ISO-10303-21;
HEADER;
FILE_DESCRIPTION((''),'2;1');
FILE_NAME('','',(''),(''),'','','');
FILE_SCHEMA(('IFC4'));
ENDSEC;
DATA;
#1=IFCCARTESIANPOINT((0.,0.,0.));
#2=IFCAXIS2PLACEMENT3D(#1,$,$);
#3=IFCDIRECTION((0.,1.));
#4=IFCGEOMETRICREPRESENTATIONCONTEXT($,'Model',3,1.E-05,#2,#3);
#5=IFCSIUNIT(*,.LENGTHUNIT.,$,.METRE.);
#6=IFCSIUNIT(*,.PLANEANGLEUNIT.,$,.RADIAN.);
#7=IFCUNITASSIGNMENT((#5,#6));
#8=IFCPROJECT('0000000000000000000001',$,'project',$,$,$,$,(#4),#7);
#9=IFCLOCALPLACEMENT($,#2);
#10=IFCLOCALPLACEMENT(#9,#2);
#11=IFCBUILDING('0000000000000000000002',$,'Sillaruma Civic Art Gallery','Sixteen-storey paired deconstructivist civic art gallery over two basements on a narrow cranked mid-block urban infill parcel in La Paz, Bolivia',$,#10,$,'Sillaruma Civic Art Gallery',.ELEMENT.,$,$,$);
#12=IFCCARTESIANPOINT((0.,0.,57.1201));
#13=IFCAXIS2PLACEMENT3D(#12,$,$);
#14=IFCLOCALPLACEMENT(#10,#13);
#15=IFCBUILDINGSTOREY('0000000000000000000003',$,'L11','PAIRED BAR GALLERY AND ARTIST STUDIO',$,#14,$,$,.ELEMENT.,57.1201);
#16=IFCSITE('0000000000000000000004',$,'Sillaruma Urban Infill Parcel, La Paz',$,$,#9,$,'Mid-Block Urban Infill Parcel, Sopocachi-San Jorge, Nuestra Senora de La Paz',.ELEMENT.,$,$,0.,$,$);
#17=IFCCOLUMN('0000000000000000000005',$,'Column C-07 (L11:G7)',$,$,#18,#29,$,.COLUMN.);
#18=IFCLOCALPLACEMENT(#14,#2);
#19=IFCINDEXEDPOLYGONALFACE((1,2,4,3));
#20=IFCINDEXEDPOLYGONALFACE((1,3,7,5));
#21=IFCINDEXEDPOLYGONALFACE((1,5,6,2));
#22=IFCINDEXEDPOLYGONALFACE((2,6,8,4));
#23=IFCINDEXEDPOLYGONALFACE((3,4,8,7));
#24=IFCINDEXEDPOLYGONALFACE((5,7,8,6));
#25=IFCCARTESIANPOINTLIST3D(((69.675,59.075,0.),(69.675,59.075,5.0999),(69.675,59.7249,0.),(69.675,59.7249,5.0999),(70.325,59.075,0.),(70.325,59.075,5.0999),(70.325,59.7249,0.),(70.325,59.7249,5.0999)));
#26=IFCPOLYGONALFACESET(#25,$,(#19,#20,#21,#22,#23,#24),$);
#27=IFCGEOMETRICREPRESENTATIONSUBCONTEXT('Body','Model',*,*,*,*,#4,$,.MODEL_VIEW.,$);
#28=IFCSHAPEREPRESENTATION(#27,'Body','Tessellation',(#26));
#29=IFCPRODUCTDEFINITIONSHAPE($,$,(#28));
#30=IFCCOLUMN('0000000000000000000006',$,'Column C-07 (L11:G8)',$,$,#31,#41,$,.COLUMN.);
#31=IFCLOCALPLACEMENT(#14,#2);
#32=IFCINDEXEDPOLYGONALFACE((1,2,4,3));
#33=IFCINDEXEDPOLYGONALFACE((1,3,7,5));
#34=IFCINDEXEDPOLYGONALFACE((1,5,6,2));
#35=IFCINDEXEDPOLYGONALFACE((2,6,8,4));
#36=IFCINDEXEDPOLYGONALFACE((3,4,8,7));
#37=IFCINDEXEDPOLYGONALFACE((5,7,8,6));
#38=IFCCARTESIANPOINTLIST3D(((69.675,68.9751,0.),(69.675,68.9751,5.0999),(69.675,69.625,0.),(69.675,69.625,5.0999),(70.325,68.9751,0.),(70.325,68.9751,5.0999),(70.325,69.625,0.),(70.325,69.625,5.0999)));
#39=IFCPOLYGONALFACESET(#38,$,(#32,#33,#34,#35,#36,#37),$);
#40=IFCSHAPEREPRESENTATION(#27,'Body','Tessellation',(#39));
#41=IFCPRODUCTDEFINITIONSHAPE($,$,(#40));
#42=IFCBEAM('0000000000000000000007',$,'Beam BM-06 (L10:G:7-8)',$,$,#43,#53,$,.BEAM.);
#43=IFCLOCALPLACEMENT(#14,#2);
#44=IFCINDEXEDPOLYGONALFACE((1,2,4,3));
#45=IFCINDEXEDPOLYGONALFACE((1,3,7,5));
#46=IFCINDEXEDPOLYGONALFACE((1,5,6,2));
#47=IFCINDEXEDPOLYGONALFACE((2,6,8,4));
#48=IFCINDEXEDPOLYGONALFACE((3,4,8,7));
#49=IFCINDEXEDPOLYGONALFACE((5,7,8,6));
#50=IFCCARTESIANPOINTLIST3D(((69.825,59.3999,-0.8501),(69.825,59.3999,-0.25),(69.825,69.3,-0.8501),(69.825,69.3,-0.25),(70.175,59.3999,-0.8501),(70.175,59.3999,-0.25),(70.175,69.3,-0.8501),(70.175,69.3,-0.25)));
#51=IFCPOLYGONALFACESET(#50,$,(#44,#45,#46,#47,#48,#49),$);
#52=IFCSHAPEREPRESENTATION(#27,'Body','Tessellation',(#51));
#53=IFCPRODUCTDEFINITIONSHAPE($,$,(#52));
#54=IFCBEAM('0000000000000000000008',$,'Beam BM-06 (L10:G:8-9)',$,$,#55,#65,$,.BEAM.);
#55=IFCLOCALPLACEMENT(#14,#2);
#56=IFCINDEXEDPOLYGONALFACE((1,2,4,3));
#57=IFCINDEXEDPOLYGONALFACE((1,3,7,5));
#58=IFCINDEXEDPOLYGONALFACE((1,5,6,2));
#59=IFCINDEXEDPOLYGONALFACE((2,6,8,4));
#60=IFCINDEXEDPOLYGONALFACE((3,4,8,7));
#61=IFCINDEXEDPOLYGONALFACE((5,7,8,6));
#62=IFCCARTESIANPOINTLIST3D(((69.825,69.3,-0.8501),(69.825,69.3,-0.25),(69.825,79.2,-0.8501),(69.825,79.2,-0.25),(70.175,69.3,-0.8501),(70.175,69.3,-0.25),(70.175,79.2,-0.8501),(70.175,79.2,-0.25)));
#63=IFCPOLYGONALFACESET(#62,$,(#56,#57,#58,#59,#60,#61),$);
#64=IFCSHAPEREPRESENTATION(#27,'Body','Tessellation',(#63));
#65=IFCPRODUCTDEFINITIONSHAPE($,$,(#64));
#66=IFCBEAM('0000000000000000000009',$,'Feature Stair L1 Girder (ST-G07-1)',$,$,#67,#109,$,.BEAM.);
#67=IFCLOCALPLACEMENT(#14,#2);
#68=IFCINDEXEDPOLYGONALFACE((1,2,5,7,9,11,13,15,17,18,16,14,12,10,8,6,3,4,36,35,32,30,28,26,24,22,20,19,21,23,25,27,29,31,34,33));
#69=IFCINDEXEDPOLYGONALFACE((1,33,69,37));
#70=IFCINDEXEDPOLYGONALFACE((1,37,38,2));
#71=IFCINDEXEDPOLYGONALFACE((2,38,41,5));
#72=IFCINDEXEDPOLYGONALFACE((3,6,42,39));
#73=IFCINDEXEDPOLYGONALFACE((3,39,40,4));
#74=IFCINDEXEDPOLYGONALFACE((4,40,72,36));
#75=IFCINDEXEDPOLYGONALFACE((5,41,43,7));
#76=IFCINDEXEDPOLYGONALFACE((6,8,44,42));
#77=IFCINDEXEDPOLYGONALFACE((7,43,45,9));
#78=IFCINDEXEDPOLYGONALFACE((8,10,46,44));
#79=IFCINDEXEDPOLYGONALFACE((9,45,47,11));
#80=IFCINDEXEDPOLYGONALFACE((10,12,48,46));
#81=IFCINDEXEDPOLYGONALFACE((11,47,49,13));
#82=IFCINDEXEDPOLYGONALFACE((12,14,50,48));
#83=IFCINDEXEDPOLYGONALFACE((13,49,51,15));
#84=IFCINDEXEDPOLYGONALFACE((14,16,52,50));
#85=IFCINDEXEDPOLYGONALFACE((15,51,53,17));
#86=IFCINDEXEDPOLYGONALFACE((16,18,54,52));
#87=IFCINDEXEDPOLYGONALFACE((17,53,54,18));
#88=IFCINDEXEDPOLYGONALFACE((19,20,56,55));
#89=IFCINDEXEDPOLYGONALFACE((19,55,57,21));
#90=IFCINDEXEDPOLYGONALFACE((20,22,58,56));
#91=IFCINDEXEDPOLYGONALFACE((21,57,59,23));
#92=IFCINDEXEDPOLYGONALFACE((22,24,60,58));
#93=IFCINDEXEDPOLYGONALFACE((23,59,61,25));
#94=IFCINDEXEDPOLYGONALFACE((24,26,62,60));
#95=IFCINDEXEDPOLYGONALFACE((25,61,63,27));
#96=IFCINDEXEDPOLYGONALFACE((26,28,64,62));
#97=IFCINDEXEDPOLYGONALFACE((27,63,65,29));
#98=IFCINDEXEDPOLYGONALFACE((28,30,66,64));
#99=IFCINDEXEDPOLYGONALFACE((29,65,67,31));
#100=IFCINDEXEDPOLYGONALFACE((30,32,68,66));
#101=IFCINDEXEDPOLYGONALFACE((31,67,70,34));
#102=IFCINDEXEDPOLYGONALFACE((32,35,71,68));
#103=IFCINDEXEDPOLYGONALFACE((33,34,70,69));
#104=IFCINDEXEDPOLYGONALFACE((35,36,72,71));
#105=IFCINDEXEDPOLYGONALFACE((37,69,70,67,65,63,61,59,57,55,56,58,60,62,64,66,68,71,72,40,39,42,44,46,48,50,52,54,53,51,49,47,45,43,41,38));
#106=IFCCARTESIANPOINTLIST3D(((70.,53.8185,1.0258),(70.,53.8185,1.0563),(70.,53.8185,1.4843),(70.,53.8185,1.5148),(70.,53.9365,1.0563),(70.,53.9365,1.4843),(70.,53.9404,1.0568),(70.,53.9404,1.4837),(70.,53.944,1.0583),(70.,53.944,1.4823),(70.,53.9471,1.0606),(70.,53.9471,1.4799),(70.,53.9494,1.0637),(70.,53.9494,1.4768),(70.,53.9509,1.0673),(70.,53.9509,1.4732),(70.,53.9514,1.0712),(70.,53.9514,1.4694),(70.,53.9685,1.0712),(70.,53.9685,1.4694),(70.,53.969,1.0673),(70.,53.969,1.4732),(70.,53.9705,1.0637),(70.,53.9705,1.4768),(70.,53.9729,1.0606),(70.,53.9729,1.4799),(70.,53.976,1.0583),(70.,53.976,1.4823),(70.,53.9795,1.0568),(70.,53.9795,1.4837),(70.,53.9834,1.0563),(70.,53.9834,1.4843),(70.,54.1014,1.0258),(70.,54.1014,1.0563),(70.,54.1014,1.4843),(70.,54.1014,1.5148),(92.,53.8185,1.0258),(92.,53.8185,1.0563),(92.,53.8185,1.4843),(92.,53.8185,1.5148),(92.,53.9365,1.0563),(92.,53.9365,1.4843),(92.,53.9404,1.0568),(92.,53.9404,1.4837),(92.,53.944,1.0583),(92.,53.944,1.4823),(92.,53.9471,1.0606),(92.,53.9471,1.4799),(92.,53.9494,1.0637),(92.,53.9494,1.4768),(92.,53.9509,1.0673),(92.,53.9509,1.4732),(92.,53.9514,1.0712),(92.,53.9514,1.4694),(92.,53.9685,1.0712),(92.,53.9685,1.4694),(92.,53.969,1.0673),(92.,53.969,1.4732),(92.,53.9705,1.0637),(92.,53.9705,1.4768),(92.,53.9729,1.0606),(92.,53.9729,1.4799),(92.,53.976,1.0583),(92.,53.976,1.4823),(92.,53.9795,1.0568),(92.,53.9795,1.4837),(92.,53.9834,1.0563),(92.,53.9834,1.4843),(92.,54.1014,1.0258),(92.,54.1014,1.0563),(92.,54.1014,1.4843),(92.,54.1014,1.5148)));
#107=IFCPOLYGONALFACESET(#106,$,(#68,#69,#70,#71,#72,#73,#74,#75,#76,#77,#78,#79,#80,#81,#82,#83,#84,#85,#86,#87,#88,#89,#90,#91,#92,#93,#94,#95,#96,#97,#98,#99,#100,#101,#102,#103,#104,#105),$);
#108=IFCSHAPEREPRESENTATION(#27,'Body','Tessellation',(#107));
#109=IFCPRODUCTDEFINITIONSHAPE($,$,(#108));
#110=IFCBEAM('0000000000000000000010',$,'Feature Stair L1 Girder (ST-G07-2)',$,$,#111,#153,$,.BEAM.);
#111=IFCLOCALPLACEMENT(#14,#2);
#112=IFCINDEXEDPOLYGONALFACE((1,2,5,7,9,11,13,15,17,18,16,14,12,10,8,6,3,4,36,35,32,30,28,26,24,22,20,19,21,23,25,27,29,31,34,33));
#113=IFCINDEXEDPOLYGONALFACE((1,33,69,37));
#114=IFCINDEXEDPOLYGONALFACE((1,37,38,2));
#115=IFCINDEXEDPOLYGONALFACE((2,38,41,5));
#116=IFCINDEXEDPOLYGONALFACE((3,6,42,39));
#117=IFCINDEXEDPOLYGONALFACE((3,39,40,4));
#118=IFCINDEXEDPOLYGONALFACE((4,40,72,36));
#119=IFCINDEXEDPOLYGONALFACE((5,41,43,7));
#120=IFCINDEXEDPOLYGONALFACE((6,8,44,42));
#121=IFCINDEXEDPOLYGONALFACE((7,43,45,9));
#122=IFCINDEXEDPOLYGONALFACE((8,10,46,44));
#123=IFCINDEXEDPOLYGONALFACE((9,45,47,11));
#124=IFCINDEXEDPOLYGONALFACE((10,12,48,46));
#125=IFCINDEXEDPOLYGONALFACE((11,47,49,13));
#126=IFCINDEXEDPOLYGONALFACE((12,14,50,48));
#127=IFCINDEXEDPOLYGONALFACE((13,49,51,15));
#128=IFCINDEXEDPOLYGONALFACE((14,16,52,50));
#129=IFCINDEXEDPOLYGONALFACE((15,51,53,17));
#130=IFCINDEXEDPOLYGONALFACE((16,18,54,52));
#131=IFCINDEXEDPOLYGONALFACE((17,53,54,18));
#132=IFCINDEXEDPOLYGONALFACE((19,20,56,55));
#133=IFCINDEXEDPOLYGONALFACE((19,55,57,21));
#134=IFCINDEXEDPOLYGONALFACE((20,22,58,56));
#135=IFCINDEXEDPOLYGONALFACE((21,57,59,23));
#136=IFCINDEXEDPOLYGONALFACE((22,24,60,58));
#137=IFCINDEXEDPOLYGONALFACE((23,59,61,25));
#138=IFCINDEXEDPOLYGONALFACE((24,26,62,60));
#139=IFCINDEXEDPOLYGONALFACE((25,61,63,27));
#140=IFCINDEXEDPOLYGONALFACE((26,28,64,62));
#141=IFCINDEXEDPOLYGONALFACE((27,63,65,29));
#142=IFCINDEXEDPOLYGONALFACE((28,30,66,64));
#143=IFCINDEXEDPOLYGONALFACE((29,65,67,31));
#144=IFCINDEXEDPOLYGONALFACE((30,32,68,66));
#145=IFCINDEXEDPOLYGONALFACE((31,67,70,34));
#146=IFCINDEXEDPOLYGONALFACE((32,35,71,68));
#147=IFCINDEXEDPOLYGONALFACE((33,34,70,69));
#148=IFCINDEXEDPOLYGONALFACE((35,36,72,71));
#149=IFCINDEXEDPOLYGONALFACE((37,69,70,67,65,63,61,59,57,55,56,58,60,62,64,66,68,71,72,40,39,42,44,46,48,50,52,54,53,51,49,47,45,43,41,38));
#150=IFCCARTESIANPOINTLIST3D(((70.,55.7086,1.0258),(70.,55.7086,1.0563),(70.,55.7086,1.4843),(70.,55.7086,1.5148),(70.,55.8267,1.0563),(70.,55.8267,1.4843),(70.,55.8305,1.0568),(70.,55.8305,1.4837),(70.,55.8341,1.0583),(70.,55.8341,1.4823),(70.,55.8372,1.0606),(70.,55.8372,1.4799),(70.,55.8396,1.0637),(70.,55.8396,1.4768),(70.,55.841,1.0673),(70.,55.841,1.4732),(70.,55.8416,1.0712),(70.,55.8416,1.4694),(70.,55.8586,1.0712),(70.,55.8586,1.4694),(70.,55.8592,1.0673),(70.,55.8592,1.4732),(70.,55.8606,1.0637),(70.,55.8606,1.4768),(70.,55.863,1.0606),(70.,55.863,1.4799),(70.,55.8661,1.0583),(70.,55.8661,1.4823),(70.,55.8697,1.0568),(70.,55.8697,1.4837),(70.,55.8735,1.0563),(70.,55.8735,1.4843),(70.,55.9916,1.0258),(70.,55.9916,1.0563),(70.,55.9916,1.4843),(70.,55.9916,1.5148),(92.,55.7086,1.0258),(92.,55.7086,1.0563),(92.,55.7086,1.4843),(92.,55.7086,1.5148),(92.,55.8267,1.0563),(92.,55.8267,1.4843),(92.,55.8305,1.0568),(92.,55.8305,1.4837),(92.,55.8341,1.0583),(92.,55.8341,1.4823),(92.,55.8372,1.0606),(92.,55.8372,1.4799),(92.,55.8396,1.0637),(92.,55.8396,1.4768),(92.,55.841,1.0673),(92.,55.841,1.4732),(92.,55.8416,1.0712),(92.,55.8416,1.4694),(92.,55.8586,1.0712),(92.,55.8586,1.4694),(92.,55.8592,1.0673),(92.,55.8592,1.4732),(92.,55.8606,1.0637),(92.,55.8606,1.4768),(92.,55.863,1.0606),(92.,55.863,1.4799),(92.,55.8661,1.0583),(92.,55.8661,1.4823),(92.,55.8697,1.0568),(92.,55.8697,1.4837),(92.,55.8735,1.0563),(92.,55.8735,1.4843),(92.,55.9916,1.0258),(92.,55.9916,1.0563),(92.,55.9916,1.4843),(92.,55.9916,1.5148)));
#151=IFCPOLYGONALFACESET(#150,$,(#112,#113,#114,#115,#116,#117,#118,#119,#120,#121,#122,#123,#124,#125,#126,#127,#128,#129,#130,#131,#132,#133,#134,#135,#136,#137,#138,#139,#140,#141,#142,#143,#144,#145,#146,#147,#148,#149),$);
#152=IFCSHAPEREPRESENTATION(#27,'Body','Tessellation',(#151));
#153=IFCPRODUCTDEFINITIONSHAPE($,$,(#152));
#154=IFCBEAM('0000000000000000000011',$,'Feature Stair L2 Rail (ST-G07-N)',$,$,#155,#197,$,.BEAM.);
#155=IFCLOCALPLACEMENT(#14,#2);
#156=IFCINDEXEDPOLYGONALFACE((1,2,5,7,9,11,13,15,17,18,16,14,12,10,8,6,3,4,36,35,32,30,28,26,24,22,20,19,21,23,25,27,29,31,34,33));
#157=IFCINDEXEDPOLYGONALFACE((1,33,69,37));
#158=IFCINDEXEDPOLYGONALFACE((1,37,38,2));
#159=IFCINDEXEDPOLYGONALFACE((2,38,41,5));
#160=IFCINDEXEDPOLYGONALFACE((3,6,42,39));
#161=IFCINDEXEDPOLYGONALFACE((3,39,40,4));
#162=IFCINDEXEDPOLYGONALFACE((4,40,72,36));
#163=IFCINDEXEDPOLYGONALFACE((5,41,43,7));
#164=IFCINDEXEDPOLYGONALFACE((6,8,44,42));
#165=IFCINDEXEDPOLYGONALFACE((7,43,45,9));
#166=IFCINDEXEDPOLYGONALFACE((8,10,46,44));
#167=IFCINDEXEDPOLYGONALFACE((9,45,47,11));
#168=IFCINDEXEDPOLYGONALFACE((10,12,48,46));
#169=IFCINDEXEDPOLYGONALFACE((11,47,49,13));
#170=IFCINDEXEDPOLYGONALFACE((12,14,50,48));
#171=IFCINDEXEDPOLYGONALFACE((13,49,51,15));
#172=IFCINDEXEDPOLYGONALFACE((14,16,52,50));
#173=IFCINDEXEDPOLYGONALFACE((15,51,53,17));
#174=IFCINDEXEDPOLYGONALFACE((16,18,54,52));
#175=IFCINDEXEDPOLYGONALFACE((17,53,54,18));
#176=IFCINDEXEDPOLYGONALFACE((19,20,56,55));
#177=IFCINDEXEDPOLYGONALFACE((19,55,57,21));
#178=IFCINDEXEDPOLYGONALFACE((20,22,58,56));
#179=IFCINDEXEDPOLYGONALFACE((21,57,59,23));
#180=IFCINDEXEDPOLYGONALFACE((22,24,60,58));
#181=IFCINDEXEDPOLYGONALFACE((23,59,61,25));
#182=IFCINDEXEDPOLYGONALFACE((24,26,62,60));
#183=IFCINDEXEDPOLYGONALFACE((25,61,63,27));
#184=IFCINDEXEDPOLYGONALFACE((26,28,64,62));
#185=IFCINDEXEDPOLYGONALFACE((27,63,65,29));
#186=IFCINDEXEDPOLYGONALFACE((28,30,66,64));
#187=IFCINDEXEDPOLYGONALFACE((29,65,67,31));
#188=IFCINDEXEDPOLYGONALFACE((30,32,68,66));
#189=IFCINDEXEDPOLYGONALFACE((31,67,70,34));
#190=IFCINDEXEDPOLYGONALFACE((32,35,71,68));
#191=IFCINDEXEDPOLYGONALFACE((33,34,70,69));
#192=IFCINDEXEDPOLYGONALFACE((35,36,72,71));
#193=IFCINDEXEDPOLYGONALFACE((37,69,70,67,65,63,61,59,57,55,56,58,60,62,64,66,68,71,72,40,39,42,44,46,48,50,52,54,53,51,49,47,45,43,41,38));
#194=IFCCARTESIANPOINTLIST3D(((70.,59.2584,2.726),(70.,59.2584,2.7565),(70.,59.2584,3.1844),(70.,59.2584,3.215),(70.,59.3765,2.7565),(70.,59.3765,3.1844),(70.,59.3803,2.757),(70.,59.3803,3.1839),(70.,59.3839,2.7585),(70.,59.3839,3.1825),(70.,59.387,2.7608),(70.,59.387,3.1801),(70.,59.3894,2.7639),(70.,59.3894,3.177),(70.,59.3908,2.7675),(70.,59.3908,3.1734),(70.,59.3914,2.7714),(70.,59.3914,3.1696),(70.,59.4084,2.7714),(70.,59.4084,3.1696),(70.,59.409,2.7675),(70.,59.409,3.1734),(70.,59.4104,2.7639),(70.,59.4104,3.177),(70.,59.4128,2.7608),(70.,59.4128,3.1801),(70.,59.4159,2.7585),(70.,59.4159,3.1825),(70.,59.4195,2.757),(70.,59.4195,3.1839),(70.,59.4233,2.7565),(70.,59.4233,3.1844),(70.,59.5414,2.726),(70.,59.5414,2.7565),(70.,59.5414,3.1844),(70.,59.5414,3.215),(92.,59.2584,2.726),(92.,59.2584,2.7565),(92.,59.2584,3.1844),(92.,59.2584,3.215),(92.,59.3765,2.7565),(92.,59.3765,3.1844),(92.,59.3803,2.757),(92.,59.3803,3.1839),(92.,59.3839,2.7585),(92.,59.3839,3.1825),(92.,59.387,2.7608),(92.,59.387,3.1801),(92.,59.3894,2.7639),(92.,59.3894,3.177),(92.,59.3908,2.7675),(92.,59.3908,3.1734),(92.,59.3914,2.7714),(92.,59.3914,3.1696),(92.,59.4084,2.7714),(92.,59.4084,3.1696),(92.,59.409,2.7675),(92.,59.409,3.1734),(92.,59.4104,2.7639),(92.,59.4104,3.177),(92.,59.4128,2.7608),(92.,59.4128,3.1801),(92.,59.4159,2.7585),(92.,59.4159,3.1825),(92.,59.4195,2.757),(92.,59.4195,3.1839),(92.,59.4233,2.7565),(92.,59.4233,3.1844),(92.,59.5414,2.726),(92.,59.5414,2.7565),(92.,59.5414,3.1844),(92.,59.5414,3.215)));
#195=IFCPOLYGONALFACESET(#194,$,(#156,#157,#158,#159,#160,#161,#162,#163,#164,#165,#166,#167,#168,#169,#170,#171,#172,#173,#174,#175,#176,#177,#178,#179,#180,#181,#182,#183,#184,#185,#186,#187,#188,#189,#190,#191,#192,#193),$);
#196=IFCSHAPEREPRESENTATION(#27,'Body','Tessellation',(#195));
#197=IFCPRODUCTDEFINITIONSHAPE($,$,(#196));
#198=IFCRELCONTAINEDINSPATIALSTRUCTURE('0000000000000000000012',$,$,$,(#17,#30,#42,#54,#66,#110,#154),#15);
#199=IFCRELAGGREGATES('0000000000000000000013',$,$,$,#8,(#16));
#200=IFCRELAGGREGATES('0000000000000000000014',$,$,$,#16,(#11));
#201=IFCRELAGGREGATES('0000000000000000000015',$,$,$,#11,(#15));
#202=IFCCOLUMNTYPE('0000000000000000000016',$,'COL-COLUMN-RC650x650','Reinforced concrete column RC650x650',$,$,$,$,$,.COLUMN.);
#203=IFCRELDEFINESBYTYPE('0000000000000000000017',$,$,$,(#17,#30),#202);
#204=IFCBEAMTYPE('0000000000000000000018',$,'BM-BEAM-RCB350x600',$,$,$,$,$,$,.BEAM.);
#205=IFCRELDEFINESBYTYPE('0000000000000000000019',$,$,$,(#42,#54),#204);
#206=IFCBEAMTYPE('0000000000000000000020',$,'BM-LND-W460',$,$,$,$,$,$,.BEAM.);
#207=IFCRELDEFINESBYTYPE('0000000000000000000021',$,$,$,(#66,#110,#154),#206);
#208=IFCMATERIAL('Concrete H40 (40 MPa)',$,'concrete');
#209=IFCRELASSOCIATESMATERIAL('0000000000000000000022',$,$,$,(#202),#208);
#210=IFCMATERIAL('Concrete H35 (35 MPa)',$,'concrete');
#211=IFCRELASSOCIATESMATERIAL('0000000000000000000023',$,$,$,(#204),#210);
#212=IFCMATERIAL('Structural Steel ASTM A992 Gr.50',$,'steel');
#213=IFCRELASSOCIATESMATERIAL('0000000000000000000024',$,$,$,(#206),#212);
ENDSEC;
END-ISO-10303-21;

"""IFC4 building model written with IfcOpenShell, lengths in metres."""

from ifc_helpers import new_model, si_unit, direction, frame, origin, origin_2d, place, context, subcontext, project, spatial, rectangle, i_section, extrude, material, material_profile, profile_set, type_object, element, save


model = new_model("IFC4")

# Units and contexts
model_context = context("Model", 3, precision=1e-05, world=origin(), true_north=direction((0.0, 1.0)))
body_context = subcontext(model_context, "Body", "Model", "MODEL_VIEW")
ifc_project = project(units=[si_unit("LENGTHUNIT", "METRE"), si_unit("PLANEANGLEUNIT", "RADIAN")], contexts=[model_context])

# Site, building, storey
site_placement = place(None, origin())
site = spatial("IfcSite", under=ifc_project, at=site_placement, Name="Sillaruma Urban Infill Parcel, La Paz", LongName="Mid-Block Urban Infill Parcel, Sopocachi-San Jorge, Nuestra Senora de La Paz", CompositionType="ELEMENT", RefElevation=0.0)
building_placement = place(site_placement, origin())
building = spatial("IfcBuilding", under=site, at=building_placement, Name="Sillaruma Civic Art Gallery", Description="Sixteen-storey paired deconstructivist civic art gallery over two basements on a narrow cranked mid-block urban infill parcel in La Paz, Bolivia", LongName="Sillaruma Civic Art Gallery", CompositionType="ELEMENT")
storey_placement = place(building_placement, frame((0.0, 0.0, 57.1201)))
storey = spatial("IfcBuildingStorey", under=building, at=storey_placement, Name="L11", Description="PAIRED BAR GALLERY AND ARTIST STUDIO", CompositionType="ELEMENT", Elevation=57.1201)

# Columns
ifc_material_1 = material(Name="Concrete H40 (40 MPa)", Category="concrete")
ifc_material_profile_1 = material_profile(ifc_material_1, rectangle(XDim=0.6499, YDim=0.6499, at=origin_2d()), Name="RC650x650")
ifc_profile_set_1 = profile_set([ifc_material_profile_1], Name="Concrete H40 (40 MPa)")
column_type = type_object("IfcColumnType", Name="COL-COLUMN-RC650x650", Description="Reinforced concrete column RC650x650", PredefinedType="COLUMN", material=ifc_profile_set_1)
for number, where, z_axis, x_axis, name in (
    (1, (70.0, 59.3999, 0.0), (0.0, 0.0, 1.0), (1.0, 0.0, 0.0), "Column C-07 (L11:G7)"),
    (2, (70.0, 69.3, 0.0), (0.0, 0.0, 1.0), (1.0, 0.0, 0.0), "Column C-07 (L11:G8)"),
):
    element("IfcColumn", number, at=place(storey_placement, frame(where, z_axis=z_axis, x_axis=x_axis)), inside=storey, type_object=column_type, Name=name, PredefinedType="COLUMN", context=body_context, shape_type="SweptSolid", body=[
        extrude(rectangle(XDim=0.6499, YDim=0.6499, at=origin_2d()), origin(), (0.0, 0.0, 1.0), 5.0999),
    ])

# Beams
ifc_material_2 = material(Name="Concrete H35 (35 MPa)", Category="concrete")
ifc_material_profile_2 = material_profile(ifc_material_2, rectangle(XDim=0.3501, YDim=0.6001, at=origin_2d()), Name="RCB350x600")
ifc_profile_set_2 = profile_set([ifc_material_profile_2], Name="Concrete H35 (35 MPa)")
beam_type_1 = type_object("IfcBeamType", Name="BM-BEAM-RCB350x600", PredefinedType="BEAM", material=ifc_profile_set_2)
beam_1_placement = place(storey_placement, frame((70.0, 59.3999, -0.55), z_axis=(0.0, 1.0, 0.0), x_axis=(-1.0, 0.0, 0.0)))
element("IfcBeam", 3, at=beam_1_placement, inside=storey, type_object=beam_type_1, Name="Beam BM-06 (L10:G:7-8)", PredefinedType="BEAM", context=body_context, shape_type="SweptSolid", body=[
    extrude(rectangle(XDim=0.3501, YDim=0.6001, at=origin_2d()), origin(), (0.0, 0.0, 1.0), 9.9001),
])
beam_2_placement = place(storey_placement, frame((70.0, 69.3, -0.55), z_axis=(0.0, 1.0, 0.0), x_axis=(-1.0, 0.0, 0.0)))
element("IfcBeam", 4, at=beam_2_placement, inside=storey, type_object=beam_type_1, Name="Beam BM-06 (L10:G:8-9)", PredefinedType="BEAM", context=body_context, shape_type="SweptSolid", body=[
    extrude(rectangle(XDim=0.3501, YDim=0.6001, at=origin_2d()), origin(), (0.0, 0.0, 1.0), 9.8999),
])
ifc_material_3 = material(Name="Structural Steel ASTM A992 Gr.50", Category="steel")
ifc_material_profile_3 = material_profile(ifc_material_3, i_section(OverallWidth=0.283, OverallDepth=0.489, WebThickness=0.0171, FlangeThickness=0.0305, FilletRadius=0.0149, at=origin_2d()), Name="W460x193")
ifc_profile_set_3 = profile_set([ifc_material_profile_3], Name="Structural Steel ASTM A992 Gr.50")
beam_type_2 = type_object("IfcBeamType", Name="BM-LND-W460", PredefinedType="BEAM", material=ifc_profile_set_3)
for number, where, z_axis, x_axis, name in (
    (5, (70.0, 53.96, 1.2703), (1.0, 0.0, 0.0), (0.0, 1.0, 0.0), "Feature Stair L1 Girder (ST-G07-1)"),
    (6, (70.0, 55.8501, 1.2703), (1.0, 0.0, 0.0), (0.0, 1.0, 0.0), "Feature Stair L1 Girder (ST-G07-2)"),
    (7, (70.0, 59.3999, 2.9705), (1.0, 0.0, 0.0), (0.0, 1.0, 0.0), "Feature Stair L2 Rail (ST-G07-N)"),
):
    element("IfcBeam", number, at=place(storey_placement, frame(where, z_axis=z_axis, x_axis=x_axis)), inside=storey, type_object=beam_type_2, Name=name, PredefinedType="BEAM", context=body_context, shape_type="SweptSolid", body=[
        extrude(i_section(OverallWidth=0.283, OverallDepth=0.489, WebThickness=0.0171, FlangeThickness=0.0305, FilletRadius=0.0149, at=origin_2d()), origin(), (0.0, 0.0, 1.0), 22.0),
    ])

save(model, "model.ifc")
